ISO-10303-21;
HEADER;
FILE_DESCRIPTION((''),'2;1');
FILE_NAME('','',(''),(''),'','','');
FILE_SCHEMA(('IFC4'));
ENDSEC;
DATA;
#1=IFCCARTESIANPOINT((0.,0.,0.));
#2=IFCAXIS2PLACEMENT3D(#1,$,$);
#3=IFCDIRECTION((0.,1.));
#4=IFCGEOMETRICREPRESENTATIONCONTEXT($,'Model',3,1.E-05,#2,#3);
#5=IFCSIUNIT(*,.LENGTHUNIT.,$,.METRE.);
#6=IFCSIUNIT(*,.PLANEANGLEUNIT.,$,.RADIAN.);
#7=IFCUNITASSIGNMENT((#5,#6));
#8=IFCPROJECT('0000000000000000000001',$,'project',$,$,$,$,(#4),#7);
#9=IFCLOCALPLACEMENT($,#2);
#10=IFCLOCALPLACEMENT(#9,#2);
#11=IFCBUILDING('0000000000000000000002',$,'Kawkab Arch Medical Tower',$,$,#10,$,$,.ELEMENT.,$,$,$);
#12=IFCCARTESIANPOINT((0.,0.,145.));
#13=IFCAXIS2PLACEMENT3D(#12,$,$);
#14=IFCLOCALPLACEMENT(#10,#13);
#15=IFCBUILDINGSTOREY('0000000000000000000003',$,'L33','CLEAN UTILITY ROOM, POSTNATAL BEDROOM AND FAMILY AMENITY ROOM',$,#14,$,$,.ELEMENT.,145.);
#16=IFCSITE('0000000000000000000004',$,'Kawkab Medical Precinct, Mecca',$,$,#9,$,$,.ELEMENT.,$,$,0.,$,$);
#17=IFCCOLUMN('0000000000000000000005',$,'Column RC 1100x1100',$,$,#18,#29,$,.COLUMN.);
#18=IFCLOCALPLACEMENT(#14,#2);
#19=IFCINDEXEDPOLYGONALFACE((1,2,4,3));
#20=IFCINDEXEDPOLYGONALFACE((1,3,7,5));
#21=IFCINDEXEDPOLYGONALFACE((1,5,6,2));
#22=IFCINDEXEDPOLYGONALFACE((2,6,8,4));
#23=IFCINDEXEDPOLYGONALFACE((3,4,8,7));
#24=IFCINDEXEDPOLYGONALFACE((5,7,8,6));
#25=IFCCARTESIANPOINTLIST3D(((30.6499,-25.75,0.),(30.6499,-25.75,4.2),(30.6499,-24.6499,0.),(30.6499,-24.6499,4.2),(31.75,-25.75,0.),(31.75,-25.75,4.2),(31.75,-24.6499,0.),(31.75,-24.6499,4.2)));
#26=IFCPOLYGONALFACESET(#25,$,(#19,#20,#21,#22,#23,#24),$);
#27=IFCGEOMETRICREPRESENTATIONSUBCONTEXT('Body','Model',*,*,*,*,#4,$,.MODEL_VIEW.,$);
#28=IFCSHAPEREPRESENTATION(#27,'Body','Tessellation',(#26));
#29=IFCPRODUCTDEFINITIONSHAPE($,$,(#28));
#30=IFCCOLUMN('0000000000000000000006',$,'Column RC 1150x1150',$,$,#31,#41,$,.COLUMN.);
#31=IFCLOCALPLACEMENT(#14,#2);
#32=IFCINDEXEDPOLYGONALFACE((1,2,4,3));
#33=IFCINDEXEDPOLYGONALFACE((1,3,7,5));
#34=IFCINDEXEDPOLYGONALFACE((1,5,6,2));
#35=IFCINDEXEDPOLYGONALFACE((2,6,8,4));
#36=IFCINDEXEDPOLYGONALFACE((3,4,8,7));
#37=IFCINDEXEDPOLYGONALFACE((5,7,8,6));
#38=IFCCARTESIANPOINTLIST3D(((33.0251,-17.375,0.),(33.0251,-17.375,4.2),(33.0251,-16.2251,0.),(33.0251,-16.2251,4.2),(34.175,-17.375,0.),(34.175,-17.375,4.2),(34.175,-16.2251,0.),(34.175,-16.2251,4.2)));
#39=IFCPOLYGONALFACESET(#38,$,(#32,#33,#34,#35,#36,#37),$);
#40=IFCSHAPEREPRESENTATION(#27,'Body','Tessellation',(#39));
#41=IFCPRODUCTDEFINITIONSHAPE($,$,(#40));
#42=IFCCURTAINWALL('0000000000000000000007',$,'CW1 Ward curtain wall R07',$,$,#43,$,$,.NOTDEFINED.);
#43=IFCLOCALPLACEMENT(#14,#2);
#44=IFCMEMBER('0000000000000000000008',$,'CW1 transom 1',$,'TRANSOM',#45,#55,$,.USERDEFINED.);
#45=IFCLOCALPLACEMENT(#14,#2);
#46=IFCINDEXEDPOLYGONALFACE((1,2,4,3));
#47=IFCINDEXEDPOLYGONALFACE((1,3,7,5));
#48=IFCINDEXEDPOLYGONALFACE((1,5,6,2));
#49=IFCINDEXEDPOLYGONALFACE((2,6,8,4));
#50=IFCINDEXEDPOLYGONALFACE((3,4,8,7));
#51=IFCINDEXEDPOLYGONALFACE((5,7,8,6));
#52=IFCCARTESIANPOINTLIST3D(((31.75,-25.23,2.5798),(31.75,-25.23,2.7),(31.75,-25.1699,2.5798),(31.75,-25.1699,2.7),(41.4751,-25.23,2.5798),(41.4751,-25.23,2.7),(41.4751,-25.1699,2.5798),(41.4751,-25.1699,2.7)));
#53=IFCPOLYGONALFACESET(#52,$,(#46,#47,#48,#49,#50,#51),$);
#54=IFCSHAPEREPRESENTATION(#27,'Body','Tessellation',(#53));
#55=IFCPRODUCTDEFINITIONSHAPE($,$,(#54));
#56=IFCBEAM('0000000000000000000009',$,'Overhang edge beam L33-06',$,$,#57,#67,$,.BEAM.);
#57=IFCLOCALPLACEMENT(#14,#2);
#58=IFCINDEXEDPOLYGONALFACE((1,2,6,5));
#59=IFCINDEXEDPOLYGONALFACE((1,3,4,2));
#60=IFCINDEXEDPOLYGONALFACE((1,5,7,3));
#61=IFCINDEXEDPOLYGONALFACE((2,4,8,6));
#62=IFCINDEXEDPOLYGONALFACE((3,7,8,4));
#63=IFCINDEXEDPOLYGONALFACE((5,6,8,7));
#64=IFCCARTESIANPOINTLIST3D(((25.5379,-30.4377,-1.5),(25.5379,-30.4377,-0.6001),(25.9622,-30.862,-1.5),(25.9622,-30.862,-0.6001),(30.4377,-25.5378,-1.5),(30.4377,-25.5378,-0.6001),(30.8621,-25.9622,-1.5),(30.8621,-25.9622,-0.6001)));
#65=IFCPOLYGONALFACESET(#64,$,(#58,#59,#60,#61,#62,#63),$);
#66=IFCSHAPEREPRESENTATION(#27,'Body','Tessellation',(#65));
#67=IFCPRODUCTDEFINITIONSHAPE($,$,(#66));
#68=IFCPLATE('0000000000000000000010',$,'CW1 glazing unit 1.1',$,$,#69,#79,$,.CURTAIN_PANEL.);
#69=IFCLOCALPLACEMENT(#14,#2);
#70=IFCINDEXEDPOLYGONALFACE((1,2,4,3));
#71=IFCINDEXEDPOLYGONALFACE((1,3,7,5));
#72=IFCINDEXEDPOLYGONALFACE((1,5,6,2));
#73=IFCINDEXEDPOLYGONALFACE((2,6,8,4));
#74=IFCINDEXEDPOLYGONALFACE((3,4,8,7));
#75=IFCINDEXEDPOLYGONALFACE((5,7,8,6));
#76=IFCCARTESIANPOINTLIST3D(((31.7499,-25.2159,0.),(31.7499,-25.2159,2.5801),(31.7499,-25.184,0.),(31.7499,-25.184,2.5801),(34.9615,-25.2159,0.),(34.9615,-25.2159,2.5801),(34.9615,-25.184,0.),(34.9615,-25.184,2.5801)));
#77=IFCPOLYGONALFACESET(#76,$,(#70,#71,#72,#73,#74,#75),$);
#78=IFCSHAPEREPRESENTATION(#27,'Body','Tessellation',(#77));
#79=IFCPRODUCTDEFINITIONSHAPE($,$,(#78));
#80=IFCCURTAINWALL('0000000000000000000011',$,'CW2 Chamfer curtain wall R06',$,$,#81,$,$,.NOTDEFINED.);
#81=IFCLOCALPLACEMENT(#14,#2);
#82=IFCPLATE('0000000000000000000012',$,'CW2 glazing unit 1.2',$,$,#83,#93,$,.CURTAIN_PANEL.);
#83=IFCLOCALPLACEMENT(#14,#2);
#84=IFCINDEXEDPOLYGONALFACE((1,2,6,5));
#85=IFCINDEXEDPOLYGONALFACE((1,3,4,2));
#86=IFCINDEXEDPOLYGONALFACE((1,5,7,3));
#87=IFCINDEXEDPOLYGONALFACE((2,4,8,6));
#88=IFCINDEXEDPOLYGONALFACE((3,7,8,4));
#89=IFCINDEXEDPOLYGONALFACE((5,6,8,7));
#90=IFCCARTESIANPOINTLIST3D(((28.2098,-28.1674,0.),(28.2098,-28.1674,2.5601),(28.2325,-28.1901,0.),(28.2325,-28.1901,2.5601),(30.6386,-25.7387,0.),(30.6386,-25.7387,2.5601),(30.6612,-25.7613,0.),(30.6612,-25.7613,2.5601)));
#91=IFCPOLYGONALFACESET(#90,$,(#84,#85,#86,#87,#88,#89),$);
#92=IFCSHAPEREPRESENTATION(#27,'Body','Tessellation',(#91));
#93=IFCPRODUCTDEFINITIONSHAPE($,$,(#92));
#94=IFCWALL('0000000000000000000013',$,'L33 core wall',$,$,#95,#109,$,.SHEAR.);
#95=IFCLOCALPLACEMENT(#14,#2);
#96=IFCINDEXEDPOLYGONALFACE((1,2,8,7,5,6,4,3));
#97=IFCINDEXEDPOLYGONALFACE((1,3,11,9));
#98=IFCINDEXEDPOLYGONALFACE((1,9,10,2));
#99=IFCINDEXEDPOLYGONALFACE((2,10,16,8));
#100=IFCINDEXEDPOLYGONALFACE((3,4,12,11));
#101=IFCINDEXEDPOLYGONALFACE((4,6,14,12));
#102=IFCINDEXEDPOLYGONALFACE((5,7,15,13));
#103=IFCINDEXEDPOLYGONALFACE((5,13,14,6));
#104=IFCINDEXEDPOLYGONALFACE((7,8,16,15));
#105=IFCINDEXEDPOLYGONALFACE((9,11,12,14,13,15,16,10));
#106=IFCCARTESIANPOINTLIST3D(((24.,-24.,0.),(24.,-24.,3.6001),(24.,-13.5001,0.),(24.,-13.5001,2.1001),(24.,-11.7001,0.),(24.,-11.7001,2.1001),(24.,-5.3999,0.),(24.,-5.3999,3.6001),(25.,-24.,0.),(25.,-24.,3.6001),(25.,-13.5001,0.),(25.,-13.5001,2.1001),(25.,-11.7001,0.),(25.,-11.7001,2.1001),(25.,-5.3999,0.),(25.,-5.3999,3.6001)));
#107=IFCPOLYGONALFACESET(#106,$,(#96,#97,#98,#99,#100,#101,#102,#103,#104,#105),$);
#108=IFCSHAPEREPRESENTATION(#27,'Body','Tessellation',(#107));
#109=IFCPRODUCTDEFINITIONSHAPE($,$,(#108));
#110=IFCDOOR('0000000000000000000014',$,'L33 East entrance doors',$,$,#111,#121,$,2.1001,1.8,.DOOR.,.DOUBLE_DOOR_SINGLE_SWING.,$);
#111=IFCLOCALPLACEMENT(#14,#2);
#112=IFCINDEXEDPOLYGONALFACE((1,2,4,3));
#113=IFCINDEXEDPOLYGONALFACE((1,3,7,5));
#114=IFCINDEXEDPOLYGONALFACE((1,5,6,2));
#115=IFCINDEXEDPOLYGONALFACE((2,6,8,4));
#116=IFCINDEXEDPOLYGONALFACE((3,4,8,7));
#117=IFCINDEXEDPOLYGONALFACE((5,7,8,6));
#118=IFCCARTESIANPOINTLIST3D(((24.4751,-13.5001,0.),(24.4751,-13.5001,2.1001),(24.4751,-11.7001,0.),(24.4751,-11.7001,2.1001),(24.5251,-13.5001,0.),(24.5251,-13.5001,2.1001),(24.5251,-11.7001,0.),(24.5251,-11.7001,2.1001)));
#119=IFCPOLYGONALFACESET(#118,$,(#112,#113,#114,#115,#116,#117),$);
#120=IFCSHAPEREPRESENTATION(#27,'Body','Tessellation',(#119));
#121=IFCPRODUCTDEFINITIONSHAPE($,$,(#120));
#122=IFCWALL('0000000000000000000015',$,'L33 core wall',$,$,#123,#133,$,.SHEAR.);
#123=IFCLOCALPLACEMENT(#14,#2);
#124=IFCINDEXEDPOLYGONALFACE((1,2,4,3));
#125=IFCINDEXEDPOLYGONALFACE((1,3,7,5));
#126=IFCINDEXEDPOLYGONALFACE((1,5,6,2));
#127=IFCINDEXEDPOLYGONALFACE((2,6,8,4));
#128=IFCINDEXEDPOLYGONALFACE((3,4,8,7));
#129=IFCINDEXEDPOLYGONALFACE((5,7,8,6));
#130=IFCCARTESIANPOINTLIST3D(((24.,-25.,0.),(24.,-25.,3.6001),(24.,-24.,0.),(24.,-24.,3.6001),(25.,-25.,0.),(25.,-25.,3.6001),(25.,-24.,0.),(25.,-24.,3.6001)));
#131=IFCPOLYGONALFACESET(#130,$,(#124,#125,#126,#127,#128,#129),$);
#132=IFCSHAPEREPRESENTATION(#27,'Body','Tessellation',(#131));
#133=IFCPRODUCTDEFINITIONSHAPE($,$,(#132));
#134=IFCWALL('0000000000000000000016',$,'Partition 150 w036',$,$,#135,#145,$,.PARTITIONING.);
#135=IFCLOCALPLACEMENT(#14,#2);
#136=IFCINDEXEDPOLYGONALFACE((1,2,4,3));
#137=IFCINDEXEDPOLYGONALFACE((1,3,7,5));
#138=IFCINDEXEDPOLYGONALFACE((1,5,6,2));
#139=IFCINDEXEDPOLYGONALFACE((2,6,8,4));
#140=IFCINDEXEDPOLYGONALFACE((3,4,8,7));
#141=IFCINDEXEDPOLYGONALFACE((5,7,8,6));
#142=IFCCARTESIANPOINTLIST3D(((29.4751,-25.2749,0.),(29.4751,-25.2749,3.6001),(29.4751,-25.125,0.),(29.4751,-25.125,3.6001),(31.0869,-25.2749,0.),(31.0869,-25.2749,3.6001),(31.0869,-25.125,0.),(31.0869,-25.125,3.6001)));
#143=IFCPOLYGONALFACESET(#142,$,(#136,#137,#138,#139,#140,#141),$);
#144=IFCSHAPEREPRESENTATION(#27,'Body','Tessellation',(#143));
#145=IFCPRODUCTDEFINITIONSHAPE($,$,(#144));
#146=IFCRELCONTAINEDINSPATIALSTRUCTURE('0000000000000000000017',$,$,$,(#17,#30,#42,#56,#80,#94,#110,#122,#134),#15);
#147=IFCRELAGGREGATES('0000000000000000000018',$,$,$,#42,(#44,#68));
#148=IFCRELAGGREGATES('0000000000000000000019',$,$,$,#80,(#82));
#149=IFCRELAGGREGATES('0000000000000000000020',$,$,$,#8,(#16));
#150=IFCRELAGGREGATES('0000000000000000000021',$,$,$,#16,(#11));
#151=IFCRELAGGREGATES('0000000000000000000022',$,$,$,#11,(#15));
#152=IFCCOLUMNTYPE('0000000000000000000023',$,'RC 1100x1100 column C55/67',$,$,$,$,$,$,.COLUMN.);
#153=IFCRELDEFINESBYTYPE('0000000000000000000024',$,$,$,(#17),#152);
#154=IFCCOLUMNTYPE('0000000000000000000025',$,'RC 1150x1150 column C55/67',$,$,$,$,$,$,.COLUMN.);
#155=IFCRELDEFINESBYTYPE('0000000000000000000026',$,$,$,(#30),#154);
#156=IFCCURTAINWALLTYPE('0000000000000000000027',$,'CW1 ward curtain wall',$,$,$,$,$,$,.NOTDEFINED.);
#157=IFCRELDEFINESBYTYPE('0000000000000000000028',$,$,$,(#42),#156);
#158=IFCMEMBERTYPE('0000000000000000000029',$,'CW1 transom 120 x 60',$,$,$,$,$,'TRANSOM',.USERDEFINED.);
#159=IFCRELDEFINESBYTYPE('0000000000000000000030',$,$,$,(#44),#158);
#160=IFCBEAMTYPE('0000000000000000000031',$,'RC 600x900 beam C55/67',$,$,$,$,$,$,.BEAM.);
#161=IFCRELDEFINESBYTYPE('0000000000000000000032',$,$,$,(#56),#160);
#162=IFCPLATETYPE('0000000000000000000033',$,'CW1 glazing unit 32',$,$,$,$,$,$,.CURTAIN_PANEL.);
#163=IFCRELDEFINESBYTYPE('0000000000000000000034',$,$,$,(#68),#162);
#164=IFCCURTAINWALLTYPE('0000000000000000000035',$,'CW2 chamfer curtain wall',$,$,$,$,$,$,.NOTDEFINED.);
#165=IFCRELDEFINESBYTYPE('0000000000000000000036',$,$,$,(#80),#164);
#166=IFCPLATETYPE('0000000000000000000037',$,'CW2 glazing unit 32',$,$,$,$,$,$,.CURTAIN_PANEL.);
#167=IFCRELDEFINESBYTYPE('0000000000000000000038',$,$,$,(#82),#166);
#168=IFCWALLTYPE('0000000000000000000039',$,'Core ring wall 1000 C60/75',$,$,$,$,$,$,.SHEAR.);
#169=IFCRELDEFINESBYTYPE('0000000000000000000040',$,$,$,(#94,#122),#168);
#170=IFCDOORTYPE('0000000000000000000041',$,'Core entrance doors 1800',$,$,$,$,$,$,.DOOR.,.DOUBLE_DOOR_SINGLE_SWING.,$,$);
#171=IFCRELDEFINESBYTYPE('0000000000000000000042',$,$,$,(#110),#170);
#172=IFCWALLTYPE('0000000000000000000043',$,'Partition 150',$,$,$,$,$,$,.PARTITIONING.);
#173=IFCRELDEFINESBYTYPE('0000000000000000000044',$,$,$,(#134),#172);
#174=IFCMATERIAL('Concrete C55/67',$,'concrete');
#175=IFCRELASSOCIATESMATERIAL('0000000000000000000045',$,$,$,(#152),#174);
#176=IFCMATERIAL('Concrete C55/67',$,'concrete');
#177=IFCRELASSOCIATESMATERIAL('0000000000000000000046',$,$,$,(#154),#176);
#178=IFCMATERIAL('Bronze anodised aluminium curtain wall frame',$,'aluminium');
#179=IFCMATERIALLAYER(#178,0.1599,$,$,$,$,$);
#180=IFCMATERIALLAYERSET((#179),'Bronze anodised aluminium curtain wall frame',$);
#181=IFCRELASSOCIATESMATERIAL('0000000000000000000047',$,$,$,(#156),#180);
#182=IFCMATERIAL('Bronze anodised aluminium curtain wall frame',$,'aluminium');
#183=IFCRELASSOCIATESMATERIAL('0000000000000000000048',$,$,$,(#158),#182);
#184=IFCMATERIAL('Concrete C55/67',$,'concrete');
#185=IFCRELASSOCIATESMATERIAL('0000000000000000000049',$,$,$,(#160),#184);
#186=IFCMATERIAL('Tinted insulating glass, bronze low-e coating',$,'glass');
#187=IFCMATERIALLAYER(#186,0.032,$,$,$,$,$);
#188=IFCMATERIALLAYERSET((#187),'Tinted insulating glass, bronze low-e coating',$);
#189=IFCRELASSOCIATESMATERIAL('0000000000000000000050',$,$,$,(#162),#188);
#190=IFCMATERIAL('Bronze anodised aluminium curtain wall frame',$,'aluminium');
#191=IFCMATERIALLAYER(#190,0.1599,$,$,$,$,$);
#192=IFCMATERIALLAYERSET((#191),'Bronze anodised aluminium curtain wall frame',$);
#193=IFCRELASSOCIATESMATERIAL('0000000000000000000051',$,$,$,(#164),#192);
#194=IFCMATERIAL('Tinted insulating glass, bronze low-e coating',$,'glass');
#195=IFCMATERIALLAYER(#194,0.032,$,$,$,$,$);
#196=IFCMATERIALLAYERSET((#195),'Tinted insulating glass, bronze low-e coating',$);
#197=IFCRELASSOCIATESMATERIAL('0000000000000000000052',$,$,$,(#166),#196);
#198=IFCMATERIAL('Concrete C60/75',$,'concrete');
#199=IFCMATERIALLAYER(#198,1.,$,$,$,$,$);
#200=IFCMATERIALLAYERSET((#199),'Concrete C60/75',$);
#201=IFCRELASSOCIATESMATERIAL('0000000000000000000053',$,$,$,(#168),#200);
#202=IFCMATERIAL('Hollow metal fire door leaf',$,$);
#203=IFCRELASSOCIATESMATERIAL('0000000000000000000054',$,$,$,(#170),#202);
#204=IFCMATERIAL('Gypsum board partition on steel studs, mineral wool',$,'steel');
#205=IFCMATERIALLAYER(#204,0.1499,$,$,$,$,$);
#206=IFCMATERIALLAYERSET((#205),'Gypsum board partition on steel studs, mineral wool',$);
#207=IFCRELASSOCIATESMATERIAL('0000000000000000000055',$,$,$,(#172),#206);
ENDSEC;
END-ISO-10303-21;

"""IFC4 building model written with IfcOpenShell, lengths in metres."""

from ifc_helpers import new_model, si_unit, direction, frame, frame_2d, origin, origin_2d, place, context, subcontext, project, spatial, rectangle, extrude, material, layer, layer_set, material_profile, profile_set, type_object, element, fill, aggregate, save


model = new_model("IFC4")

# Units and contexts
model_context = context("Model", 3, precision=1e-05, world=origin(), true_north=direction((0.0, 1.0)))
body_context = subcontext(model_context, "Body", "Model", "MODEL_VIEW")
ifc_project = project(units=[si_unit("LENGTHUNIT", "METRE"), si_unit("PLANEANGLEUNIT", "RADIAN")], contexts=[model_context])

# Site, building, storey
site_placement = place(None, origin())
site = spatial("IfcSite", under=ifc_project, at=site_placement, Name="Kawkab Medical Precinct, Mecca", CompositionType="ELEMENT", RefElevation=0.0)
building_placement = place(site_placement, origin())
building = spatial("IfcBuilding", under=site, at=building_placement, Name="Kawkab Arch Medical Tower", CompositionType="ELEMENT")
storey_placement = place(building_placement, frame((0.0, 0.0, 145.0)))
storey = spatial("IfcBuildingStorey", under=building, at=storey_placement, Name="L33", Description="CLEAN UTILITY ROOM, POSTNATAL BEDROOM AND FAMILY AMENITY ROOM", CompositionType="ELEMENT", Elevation=145.0)

# Columns
ifc_material_1 = material(Name="Concrete C55/67", Category="concrete")
ifc_material_profile_1 = material_profile(ifc_material_1, rectangle(XDim=1.1001, YDim=1.1001, at=origin_2d()), Name="RC 1100x1100")
ifc_profile_set_1 = profile_set([ifc_material_profile_1], Name="Concrete C55/67")
column_type_1 = type_object("IfcColumnType", Name="RC 1100x1100 column C55/67", PredefinedType="COLUMN", material=ifc_profile_set_1)
column_1_placement = place(storey_placement, frame((31.2, -25.2, 0.0), z_axis=(0.0, 0.0, 1.0), x_axis=(1.0, 0.0, 0.0)))
element("IfcColumn", 1, at=column_1_placement, inside=storey, type_object=column_type_1, Name="Column RC 1100x1100", PredefinedType="COLUMN", context=body_context, shape_type="SweptSolid", body=[
    extrude(rectangle(XDim=1.1001, YDim=1.1001, at=origin_2d()), origin(), (0.0, 0.0, 1.0), 4.2),
])
ifc_material_2 = material(Name="Concrete C55/67", Category="concrete")
ifc_material_profile_2 = material_profile(ifc_material_2, rectangle(XDim=1.1499, YDim=1.1499, at=origin_2d()), Name="RC 1150x1150")
ifc_profile_set_2 = profile_set([ifc_material_profile_2], Name="Concrete C55/67")
column_type_2 = type_object("IfcColumnType", Name="RC 1150x1150 column C55/67", PredefinedType="COLUMN", material=ifc_profile_set_2)
column_2_placement = place(storey_placement, frame((33.6001, -16.8, 0.0), z_axis=(0.0, 0.0, 1.0), x_axis=(1.0, 0.0, 0.0)))
element("IfcColumn", 2, at=column_2_placement, inside=storey, type_object=column_type_2, Name="Column RC 1150x1150", PredefinedType="COLUMN", context=body_context, shape_type="SweptSolid", body=[
    extrude(rectangle(XDim=1.1499, YDim=1.1499, at=origin_2d()), origin(), (0.0, 0.0, 1.0), 4.2),
])

# Curtain wall, member
ifc_material_3 = material(Name="Bronze anodised aluminium curtain wall frame", Category="aluminium")
ifc_layer_1 = layer(ifc_material_3, 0.1599)
ifc_layer_set_1 = layer_set([ifc_layer_1], Name="Bronze anodised aluminium curtain wall frame")
curtain_wall_type_1 = type_object("IfcCurtainWallType", Name="CW1 ward curtain wall", PredefinedType="NOTDEFINED", material=ifc_layer_set_1)
placement = place(storey_placement, origin())
curtain_wall_1 = element("IfcCurtainWall", 3, at=placement, inside=storey, type_object=curtain_wall_type_1, Name="CW1 Ward curtain wall R07", PredefinedType="NOTDEFINED")
ifc_material_4 = material(Name="Bronze anodised aluminium curtain wall frame", Category="aluminium")
ifc_material_profile_3 = material_profile(ifc_material_4, rectangle(XDim=0.0601, YDim=0.1201, at=origin_2d()), Name="AL 60x120")
ifc_profile_set_3 = profile_set([ifc_material_profile_3], Name="Bronze anodised aluminium curtain wall frame")
member_type = type_object("IfcMemberType", Name="CW1 transom 120 x 60", ElementType="TRANSOM", PredefinedType="USERDEFINED", material=ifc_profile_set_3)
member_placement = place(storey_placement, frame((31.75, -25.2, 2.6399), z_axis=(1.0, 0.0, 0.0), x_axis=(0.0, 1.0, 0.0)))
member = element("IfcMember", 4, at=member_placement, type_object=member_type, Name="CW1 transom 1", ObjectType="TRANSOM", PredefinedType="USERDEFINED", context=body_context, shape_type="SweptSolid", body=[
    extrude(rectangle(XDim=0.0601, YDim=0.1201, at=origin_2d()), origin(), (0.0, 0.0, 1.0), 9.7251),
])

# Beam
ifc_material_5 = material(Name="Concrete C55/67", Category="concrete")
ifc_material_profile_4 = material_profile(ifc_material_5, rectangle(XDim=0.6001, YDim=0.8999, at=origin_2d()), Name="RC 600x900")
ifc_profile_set_4 = profile_set([ifc_material_profile_4], Name="Concrete C55/67")
beam_type = type_object("IfcBeamType", Name="RC 600x900 beam C55/67", PredefinedType="BEAM", material=ifc_profile_set_4)
beam_placement = place(storey_placement, frame((30.6499, -25.75, -1.05), z_axis=(-0.707107, -0.707107, 0.0), x_axis=(0.707107, -0.707107, 0.0)))
element("IfcBeam", 5, at=beam_placement, inside=storey, type_object=beam_type, Name="Overhang edge beam L33-06", PredefinedType="BEAM", context=body_context, shape_type="SweptSolid", body=[
    extrude(rectangle(XDim=0.6001, YDim=0.8999, at=origin_2d()), origin(), (0.0, 0.0, 1.0), 6.9294),
])

# Plate
ifc_material_6 = material(Name="Tinted insulating glass, bronze low-e coating", Category="glass")
ifc_layer_2 = layer(ifc_material_6, 0.032)
ifc_layer_set_2 = layer_set([ifc_layer_2], Name="Tinted insulating glass, bronze low-e coating")
plate_type_1 = type_object("IfcPlateType", Name="CW1 glazing unit 32", PredefinedType="CURTAIN_PANEL", material=ifc_layer_set_2)
plate_1_placement = place(storey_placement, frame((33.3557, -25.2, 0.0), z_axis=(0.0, 0.0, 1.0), x_axis=(1.0, 0.0, 0.0)))
plate_1 = element("IfcPlate", 6, at=plate_1_placement, type_object=plate_type_1, Name="CW1 glazing unit 1.1", PredefinedType="CURTAIN_PANEL", context=body_context, shape_type="SweptSolid", body=[
    extrude(rectangle(XDim=3.2117, YDim=0.032, at=origin_2d()), origin(), (0.0, 0.0, 1.0), 2.5801),
])
aggregate(curtain_wall_1, [member, plate_1])

# Curtain wall, plate
ifc_material_7 = material(Name="Bronze anodised aluminium curtain wall frame", Category="aluminium")
ifc_layer_3 = layer(ifc_material_7, 0.1599)
ifc_layer_set_3 = layer_set([ifc_layer_3], Name="Bronze anodised aluminium curtain wall frame")
curtain_wall_type_2 = type_object("IfcCurtainWallType", Name="CW2 chamfer curtain wall", PredefinedType="NOTDEFINED", material=ifc_layer_set_3)
curtain_wall_2 = element("IfcCurtainWall", 7, at=placement, inside=storey, type_object=curtain_wall_type_2, Name="CW2 Chamfer curtain wall R06", PredefinedType="NOTDEFINED")
ifc_material_8 = material(Name="Tinted insulating glass, bronze low-e coating", Category="glass")
ifc_layer_4 = layer(ifc_material_8, 0.032)
ifc_layer_set_4 = layer_set([ifc_layer_4], Name="Tinted insulating glass, bronze low-e coating")
plate_type_2 = type_object("IfcPlateType", Name="CW2 glazing unit 32", PredefinedType="CURTAIN_PANEL", material=ifc_layer_set_4)
plate_2_placement = place(storey_placement, frame((29.4355, -26.9644, 0.0), z_axis=(0.0, 0.0, 1.0), x_axis=(0.707107, 0.707107, 0.0)))
plate_2 = element("IfcPlate", 8, at=plate_2_placement, type_object=plate_type_2, Name="CW2 glazing unit 1.2", PredefinedType="CURTAIN_PANEL", context=body_context, shape_type="SweptSolid", body=[
    extrude(rectangle(XDim=3.4348, YDim=0.032, at=origin_2d()), origin(), (0.0, 0.0, 1.0), 2.5601),
])
aggregate(curtain_wall_2, [plate_2])

# Wall, opening, door
ifc_material_9 = material(Name="Concrete C60/75", Category="concrete")
ifc_layer_5 = layer(ifc_material_9, 1.0)
ifc_layer_set_5 = layer_set([ifc_layer_5], Name="Concrete C60/75")
wall_type_1 = type_object("IfcWallType", Name="Core ring wall 1000 C60/75", PredefinedType="SHEAR", material=ifc_layer_set_5)
wall_1_placement = place(storey_placement, frame((24.5, -24.0, 0.0), z_axis=(0.0, 0.0, 1.0), x_axis=(0.0, 1.0, 0.0)))
wall_1 = element("IfcWall", 9, at=wall_1_placement, inside=storey, type_object=wall_type_1, Name="L33 core wall", PredefinedType="SHEAR", context=body_context, shape_type="SweptSolid", body=[
    extrude(rectangle(XDim=18.6001, YDim=1.0, at=frame_2d((9.3, 0.0))), origin(), (0.0, 0.0, 1.0), 3.6001),
])
opening_1_placement = place(wall_1_placement, frame((10.5, 0.0, 0.0)))
opening_1 = element("IfcOpeningElement", 10, at=opening_1_placement, cuts=wall_1, PredefinedType="OPENING", context=body_context, shape_type="SweptSolid", body=[
    extrude(rectangle(XDim=1.8, YDim=2.1001, at=frame_2d((0.8999, 1.05))), frame((0.0, 0.51, 0.0), z_axis=(0.0, -1.0, 0.0), x_axis=(1.0, 0.0, 0.0)), (0.0, 0.0, 1.0), 1.02),
])
ifc_material_10 = material(Name="Hollow metal fire door leaf")
door_type_1 = type_object("IfcDoorType", Name="Core entrance doors 1800", OperationType="DOUBLE_DOOR_SINGLE_SWING", PredefinedType="DOOR", material=ifc_material_10)
door_1_placement = place(opening_1_placement, origin())
door_1 = element("IfcDoor", 11, at=door_1_placement, inside=storey, type_object=door_type_1, Name="L33 East entrance doors", OperationType="DOUBLE_DOOR_SINGLE_SWING", OverallHeight=2.1001, OverallWidth=1.8, PredefinedType="DOOR", context=body_context, shape_type="SweptSolid", body=[
    extrude(rectangle(XDim=1.8, YDim=2.1001, at=frame_2d((0.8999, 1.05))), frame((0.0, 0.0249, 0.0), z_axis=(0.0, -1.0, 0.0), x_axis=(1.0, 0.0, 0.0)), (0.0, 0.0, 1.0), 0.05),
])
fill(opening_1, door_1)

# Walls
wall_2_placement = place(storey_placement, frame((24.5, -25.0, 0.0), z_axis=(0.0, 0.0, 1.0), x_axis=(0.0, 1.0, 0.0)))
element("IfcWall", 12, at=wall_2_placement, inside=storey, type_object=wall_type_1, Name="L33 core wall", PredefinedType="SHEAR", context=body_context, shape_type="SweptSolid", body=[
    extrude(rectangle(XDim=1.0, YDim=1.0, at=frame_2d((0.5, 0.0))), origin(), (0.0, 0.0, 1.0), 3.6001),
])
ifc_material_11 = material(Name="Gypsum board partition on steel studs, mineral wool", Category="steel")
ifc_layer_6 = layer(ifc_material_11, 0.1499)
ifc_layer_set_6 = layer_set([ifc_layer_6], Name="Gypsum board partition on steel studs, mineral wool")
wall_type_2 = type_object("IfcWallType", Name="Partition 150", PredefinedType="PARTITIONING", material=ifc_layer_set_6)
wall_3_placement = place(storey_placement, frame((29.4751, -25.2, 0.0), z_axis=(0.0, 0.0, 1.0), x_axis=(1.0, 0.0, 0.0)))
element("IfcWall", 13, at=wall_3_placement, inside=storey, type_object=wall_type_2, Name="Partition 150 w036", PredefinedType="PARTITIONING", context=body_context, shape_type="SweptSolid", body=[
    extrude(rectangle(XDim=1.6118, YDim=0.1499, at=frame_2d((0.8059, 0.0))), origin(), (0.0, 0.0, 1.0), 3.6001),
])

save(model, "model.ifc")
